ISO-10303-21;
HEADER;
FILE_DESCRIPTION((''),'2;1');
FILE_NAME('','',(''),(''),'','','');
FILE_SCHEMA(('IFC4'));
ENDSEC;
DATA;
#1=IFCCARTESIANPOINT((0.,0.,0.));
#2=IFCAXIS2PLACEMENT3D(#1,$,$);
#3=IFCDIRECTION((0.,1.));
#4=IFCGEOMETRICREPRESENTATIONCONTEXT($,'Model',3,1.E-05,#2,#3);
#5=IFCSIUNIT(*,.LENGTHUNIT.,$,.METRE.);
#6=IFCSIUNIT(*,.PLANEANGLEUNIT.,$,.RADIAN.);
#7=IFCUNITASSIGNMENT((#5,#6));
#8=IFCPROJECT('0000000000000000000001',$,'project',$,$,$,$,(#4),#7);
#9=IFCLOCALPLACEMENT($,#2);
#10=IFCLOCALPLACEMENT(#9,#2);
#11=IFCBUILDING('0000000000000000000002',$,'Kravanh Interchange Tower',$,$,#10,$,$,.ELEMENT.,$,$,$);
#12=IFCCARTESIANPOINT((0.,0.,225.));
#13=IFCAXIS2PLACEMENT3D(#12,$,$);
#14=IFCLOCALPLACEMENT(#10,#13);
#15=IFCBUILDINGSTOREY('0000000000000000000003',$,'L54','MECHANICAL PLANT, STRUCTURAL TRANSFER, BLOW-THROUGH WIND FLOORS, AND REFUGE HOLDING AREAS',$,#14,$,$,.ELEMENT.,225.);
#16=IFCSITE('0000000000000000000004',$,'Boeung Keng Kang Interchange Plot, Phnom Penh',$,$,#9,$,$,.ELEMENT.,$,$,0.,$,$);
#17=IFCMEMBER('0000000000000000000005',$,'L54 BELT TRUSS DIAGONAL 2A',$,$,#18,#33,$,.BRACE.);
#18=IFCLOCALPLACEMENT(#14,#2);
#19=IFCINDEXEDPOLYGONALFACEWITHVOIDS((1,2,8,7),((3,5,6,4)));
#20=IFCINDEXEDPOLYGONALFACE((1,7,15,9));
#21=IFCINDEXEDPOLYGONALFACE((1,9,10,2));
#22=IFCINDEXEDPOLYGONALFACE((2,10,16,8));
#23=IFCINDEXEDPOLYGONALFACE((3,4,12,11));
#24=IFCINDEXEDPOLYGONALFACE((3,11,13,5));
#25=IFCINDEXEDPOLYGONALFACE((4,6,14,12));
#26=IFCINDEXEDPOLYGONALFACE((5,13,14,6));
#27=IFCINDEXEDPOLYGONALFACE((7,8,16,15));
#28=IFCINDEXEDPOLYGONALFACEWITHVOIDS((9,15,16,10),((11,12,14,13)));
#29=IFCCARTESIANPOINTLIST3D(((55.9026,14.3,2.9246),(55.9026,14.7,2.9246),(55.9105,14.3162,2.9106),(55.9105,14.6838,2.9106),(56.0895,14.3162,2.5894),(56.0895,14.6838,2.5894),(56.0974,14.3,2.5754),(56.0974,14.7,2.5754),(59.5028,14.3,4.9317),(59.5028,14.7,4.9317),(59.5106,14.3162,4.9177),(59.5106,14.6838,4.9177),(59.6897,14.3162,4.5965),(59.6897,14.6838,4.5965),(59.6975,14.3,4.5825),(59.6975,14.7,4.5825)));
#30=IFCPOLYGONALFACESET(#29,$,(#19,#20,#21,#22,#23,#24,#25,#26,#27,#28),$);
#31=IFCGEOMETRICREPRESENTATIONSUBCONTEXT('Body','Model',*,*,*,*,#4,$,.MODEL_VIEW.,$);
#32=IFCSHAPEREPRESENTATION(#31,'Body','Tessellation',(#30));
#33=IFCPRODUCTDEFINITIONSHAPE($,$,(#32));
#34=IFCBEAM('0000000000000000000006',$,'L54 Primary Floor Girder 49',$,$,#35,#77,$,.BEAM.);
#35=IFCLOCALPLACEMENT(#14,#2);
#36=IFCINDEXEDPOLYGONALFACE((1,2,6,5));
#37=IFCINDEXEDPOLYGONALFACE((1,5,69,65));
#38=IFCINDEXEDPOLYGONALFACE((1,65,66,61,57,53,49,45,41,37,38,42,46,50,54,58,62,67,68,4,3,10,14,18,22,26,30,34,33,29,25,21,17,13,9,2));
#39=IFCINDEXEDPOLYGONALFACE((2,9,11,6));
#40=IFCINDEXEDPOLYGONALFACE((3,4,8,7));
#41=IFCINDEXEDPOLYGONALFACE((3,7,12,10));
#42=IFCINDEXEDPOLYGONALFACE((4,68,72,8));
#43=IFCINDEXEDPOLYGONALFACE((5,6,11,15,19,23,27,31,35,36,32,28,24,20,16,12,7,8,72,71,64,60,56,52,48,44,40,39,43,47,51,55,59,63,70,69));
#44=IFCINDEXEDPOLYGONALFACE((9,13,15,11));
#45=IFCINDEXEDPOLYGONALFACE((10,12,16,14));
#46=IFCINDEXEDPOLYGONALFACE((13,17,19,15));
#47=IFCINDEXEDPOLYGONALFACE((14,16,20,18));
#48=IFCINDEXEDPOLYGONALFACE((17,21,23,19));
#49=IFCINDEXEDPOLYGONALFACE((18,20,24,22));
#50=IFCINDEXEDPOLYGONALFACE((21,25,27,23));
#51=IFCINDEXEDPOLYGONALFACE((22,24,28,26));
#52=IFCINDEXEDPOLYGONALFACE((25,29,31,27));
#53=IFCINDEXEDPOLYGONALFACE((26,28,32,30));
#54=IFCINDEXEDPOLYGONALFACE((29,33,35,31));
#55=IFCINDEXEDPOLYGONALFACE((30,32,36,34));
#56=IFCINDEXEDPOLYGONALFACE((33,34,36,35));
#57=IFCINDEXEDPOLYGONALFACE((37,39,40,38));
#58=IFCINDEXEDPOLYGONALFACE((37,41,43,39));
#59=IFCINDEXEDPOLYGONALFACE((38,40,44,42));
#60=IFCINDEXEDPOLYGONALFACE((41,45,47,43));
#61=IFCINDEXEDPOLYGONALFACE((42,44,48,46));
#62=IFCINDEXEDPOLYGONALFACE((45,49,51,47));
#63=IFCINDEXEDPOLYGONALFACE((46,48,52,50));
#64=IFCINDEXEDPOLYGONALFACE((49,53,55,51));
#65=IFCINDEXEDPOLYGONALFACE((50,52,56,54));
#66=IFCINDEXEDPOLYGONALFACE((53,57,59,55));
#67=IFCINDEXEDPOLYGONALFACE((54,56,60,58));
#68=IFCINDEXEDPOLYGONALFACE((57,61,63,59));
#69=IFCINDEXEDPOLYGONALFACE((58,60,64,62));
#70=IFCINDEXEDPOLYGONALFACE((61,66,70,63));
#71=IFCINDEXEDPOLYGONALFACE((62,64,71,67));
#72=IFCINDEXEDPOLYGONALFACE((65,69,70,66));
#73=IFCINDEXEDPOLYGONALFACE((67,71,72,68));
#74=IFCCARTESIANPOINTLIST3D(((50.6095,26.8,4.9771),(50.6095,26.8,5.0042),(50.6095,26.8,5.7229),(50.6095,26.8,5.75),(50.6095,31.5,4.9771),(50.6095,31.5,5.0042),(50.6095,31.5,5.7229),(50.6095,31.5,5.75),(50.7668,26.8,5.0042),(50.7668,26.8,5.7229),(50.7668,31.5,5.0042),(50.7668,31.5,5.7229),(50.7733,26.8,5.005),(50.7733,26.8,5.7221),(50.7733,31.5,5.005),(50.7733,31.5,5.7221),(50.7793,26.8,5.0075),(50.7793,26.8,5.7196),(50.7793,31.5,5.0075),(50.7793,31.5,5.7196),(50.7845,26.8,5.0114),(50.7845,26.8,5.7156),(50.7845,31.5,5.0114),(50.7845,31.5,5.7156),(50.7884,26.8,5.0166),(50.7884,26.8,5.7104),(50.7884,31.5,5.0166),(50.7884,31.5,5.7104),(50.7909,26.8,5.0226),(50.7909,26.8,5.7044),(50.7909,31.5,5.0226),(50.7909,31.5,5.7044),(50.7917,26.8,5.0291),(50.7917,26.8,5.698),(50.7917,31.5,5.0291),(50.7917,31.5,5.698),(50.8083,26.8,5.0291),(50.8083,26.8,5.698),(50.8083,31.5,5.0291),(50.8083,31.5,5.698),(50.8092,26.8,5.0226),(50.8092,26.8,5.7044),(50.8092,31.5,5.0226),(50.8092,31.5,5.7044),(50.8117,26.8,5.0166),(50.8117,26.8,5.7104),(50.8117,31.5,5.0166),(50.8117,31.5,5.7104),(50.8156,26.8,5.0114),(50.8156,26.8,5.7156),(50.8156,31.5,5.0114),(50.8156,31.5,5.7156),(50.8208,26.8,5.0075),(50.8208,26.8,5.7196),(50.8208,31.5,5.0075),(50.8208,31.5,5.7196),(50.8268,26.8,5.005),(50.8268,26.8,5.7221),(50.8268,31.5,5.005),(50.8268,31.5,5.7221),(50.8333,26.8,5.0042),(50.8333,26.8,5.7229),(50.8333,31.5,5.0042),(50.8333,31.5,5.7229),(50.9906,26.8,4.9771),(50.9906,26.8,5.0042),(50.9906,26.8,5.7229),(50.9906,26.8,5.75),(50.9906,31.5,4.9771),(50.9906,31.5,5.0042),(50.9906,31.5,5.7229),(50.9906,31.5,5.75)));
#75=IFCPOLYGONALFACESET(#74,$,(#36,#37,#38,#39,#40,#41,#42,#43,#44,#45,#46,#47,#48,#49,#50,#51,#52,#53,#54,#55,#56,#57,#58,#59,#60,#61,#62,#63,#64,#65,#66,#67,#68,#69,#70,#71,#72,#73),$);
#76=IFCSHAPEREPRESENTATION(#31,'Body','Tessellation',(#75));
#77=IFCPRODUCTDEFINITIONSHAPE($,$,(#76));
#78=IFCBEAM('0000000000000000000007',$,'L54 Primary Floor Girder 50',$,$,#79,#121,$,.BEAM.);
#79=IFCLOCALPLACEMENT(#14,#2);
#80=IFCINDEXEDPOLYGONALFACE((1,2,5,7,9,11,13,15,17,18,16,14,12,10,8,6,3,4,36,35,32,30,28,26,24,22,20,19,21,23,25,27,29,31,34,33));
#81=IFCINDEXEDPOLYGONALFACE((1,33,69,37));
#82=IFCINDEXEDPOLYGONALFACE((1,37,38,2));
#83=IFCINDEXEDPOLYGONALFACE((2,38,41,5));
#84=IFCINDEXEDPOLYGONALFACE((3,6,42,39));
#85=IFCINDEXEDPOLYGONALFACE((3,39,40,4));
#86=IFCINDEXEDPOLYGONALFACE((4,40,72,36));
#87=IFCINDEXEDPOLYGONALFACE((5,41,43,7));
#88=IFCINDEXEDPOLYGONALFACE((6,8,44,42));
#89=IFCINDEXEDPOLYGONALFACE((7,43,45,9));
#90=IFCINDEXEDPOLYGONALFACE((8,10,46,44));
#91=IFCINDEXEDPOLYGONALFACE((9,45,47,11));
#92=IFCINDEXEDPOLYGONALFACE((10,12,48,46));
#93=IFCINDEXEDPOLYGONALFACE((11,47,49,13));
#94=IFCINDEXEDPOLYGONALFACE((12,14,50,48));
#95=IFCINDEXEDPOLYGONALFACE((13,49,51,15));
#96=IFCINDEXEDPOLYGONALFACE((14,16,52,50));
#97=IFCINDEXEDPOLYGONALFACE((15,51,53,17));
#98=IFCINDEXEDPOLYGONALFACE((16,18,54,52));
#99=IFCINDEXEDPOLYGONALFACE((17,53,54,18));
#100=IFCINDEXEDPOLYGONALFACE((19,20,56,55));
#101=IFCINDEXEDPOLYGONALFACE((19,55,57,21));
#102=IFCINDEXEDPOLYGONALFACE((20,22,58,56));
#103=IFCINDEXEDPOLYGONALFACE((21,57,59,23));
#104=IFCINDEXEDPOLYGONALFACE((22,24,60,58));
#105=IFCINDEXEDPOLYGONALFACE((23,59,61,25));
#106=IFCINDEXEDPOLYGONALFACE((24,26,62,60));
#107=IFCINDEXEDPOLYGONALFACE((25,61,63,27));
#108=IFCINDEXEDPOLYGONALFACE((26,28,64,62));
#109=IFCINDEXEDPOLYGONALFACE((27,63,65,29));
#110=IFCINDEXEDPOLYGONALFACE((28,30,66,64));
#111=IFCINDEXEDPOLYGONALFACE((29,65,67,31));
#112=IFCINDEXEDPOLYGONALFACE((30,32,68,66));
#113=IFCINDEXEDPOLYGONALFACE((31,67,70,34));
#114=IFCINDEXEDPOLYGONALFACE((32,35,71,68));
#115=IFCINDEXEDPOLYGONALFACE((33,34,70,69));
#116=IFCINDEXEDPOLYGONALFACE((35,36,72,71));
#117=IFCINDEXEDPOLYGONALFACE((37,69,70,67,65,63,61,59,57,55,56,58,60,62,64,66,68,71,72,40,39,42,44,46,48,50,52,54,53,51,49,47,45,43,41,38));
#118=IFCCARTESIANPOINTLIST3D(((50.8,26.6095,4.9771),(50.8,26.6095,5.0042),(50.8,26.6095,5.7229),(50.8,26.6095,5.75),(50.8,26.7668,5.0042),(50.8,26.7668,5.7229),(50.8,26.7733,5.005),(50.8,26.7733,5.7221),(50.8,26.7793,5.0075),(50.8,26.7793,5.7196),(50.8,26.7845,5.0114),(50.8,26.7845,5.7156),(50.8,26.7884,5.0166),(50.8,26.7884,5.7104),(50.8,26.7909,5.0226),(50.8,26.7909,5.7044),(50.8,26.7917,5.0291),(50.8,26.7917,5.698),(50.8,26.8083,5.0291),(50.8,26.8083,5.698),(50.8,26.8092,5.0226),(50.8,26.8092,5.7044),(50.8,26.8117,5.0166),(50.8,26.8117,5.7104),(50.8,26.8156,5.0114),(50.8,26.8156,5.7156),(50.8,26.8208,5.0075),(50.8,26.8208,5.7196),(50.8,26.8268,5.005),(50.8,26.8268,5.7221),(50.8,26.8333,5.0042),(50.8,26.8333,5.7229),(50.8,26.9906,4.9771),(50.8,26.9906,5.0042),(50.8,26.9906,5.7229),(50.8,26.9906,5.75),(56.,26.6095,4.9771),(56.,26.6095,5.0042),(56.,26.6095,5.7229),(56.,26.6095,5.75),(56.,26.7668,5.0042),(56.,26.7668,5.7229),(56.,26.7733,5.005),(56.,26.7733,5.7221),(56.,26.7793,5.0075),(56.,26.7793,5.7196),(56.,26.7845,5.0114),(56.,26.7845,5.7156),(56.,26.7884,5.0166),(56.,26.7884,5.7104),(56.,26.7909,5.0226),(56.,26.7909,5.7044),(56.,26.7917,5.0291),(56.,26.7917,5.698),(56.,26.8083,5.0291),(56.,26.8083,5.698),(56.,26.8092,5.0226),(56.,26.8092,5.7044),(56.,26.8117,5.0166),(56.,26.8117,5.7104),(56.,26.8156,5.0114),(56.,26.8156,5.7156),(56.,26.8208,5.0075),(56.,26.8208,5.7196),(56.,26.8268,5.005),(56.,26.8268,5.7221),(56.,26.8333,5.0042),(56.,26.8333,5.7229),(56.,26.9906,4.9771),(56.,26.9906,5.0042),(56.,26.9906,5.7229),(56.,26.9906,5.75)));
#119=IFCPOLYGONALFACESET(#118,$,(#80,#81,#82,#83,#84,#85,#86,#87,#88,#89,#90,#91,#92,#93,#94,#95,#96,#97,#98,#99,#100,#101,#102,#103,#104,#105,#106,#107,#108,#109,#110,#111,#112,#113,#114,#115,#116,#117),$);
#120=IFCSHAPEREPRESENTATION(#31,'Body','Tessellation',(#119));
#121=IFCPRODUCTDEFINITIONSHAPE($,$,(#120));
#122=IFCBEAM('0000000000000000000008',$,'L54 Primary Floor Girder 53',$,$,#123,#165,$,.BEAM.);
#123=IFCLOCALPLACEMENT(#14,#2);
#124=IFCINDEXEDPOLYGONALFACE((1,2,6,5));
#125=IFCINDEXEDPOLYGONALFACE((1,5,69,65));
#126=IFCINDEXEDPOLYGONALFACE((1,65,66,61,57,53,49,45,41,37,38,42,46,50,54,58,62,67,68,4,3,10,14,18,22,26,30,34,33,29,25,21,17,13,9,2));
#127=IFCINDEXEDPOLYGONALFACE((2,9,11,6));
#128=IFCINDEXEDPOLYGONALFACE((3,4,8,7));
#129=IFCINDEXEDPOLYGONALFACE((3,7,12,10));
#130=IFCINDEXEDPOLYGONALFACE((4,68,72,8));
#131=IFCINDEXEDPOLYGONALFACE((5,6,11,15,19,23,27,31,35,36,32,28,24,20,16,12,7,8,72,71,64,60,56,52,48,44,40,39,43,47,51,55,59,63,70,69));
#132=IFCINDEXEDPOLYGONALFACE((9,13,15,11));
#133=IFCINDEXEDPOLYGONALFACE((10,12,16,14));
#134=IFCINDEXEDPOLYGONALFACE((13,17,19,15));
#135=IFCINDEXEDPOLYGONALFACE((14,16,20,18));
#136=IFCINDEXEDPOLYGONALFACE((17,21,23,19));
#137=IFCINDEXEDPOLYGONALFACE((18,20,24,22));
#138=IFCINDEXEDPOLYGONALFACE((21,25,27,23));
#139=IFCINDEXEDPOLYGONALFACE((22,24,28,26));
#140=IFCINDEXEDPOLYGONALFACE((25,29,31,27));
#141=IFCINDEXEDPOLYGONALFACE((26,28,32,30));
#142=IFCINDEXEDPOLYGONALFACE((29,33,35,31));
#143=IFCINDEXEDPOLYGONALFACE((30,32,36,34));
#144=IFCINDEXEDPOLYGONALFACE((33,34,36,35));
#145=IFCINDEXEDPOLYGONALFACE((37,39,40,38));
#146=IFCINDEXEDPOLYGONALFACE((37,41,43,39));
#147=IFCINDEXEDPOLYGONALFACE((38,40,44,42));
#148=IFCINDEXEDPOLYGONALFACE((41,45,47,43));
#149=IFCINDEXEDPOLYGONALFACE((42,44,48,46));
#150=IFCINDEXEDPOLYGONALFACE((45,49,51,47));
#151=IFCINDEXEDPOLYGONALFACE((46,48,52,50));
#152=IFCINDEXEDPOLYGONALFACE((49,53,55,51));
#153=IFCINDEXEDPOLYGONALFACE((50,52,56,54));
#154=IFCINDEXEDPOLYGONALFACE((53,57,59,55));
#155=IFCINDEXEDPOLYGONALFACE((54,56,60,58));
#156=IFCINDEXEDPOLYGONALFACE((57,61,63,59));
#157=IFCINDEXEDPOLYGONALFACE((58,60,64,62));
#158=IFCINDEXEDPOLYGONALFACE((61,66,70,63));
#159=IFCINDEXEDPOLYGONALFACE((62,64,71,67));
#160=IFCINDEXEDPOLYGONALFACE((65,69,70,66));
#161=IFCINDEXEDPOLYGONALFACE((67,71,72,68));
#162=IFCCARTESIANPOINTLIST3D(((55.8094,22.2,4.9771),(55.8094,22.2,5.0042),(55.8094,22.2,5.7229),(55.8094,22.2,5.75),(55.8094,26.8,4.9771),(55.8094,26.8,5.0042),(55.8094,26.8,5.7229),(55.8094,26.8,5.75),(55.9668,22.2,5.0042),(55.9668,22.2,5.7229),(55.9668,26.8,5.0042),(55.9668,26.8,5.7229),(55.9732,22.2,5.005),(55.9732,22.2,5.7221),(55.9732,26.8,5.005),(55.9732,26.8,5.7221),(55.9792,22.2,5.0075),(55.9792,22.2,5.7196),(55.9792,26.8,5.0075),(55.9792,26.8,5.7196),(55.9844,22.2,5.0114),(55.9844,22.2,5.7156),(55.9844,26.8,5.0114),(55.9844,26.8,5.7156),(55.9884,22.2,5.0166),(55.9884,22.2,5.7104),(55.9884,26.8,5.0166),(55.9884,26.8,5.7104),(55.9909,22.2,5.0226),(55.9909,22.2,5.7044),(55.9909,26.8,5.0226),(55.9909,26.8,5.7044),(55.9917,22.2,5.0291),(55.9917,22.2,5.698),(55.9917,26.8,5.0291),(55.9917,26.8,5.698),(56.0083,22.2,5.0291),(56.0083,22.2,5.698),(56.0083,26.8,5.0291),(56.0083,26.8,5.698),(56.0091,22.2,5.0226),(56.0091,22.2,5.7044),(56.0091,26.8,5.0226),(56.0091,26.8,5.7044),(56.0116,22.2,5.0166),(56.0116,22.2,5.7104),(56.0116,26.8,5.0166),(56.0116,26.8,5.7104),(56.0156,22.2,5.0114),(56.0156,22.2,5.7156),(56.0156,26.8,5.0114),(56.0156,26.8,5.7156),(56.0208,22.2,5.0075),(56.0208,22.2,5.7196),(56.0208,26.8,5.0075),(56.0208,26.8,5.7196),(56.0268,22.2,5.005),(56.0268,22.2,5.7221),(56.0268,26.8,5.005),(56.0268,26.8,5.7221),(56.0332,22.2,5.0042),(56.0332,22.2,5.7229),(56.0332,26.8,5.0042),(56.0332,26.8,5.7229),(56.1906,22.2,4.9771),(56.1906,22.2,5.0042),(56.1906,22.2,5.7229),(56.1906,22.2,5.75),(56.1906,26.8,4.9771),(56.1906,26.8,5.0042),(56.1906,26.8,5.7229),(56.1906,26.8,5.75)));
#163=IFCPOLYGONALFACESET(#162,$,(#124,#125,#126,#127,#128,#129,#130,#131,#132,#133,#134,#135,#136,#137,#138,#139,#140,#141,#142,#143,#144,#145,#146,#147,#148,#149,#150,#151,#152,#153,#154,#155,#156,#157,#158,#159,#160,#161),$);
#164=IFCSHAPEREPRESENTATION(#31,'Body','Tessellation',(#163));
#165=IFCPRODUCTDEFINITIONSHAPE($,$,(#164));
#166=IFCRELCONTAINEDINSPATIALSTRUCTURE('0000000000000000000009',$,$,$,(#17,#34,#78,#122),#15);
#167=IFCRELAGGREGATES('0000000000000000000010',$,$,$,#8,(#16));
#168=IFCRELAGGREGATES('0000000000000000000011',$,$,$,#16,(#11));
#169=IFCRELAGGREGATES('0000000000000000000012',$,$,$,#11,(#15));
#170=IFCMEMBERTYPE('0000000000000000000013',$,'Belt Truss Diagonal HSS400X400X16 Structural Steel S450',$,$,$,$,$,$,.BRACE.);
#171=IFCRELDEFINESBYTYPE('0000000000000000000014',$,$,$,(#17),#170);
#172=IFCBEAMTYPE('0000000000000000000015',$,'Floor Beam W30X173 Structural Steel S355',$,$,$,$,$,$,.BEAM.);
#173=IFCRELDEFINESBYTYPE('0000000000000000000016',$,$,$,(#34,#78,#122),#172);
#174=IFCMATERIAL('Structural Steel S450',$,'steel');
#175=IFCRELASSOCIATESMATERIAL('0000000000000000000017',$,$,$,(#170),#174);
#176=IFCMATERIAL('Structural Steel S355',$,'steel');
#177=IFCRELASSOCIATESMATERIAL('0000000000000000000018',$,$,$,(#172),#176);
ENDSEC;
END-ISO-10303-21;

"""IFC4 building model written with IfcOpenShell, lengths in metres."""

from ifc_helpers import new_model, si_unit, direction, frame, origin, origin_2d, place, context, subcontext, project, spatial, hollow_rectangle, i_section, extrude, material, material_profile, profile_set, type_object, element, save


model = new_model("IFC4")

# Units and contexts
model_context = context("Model", 3, precision=1e-05, world=origin(), true_north=direction((0.0, 1.0)))
body_context = subcontext(model_context, "Body", "Model", "MODEL_VIEW")
ifc_project = project(units=[si_unit("LENGTHUNIT", "METRE"), si_unit("PLANEANGLEUNIT", "RADIAN")], contexts=[model_context])

# Site, building, storey
site_placement = place(None, origin())
site = spatial("IfcSite", under=ifc_project, at=site_placement, Name="Boeung Keng Kang Interchange Plot, Phnom Penh", CompositionType="ELEMENT", RefElevation=0.0)
building_placement = place(site_placement, origin())
building = spatial("IfcBuilding", under=site, at=building_placement, Name="Kravanh Interchange Tower", CompositionType="ELEMENT")
storey_placement = place(building_placement, frame((0.0, 0.0, 225.0)))
storey = spatial("IfcBuildingStorey", under=building, at=storey_placement, Name="L54", Description="MECHANICAL PLANT, STRUCTURAL TRANSFER, BLOW-THROUGH WIND FLOORS, AND REFUGE HOLDING AREAS", CompositionType="ELEMENT", Elevation=225.0)

# Member
ifc_material_1 = material(Name="Structural Steel S450", Category="steel")
ifc_material_profile_1 = material_profile(ifc_material_1, hollow_rectangle(XDim=0.3999, YDim=0.3999, WallThickness=0.0161, at=origin_2d()), Name="HSS400X400X16")
ifc_profile_set_1 = profile_set([ifc_material_profile_1], Name="Structural Steel S450")
member_type_1 = type_object("IfcMemberType", Name="Belt Truss Diagonal HSS400X400X16 Structural Steel S450", PredefinedType="BRACE", material=ifc_profile_set_1)
member_1_placement = place(storey_placement, frame((56.0, 14.5, 2.75), z_axis=(0.873433, 0.0, 0.486945), x_axis=(0.0, 1.0, 0.0)))
element("IfcMember", 1, at=member_1_placement, inside=storey, type_object=member_type_1, Name="L54 BELT TRUSS DIAGONAL 2A", PredefinedType="BRACE", context=body_context, shape_type="SweptSolid", body=[
    extrude(hollow_rectangle(XDim=0.3999, YDim=0.3999, WallThickness=0.0161, at=origin_2d()), origin(), (0.0, 0.0, 1.0), 4.1218),
])

# Beams
ifc_material_2 = material(Name="Structural Steel S355", Category="steel")
ifc_material_profile_2 = material_profile(ifc_material_2, i_section(OverallWidth=0.3811, OverallDepth=0.7729, WebThickness=0.0166, FlangeThickness=0.0271, FilletRadius=0.0249, at=origin_2d()), Name="W30X173")
ifc_profile_set_2 = profile_set([ifc_material_profile_2], Name="Structural Steel S355")
beam_type_1 = type_object("IfcBeamType", Name="Floor Beam W30X173 Structural Steel S355", PredefinedType="BEAM", material=ifc_profile_set_2)
beam_1_placement = place(storey_placement, frame((50.8, 26.8, 5.3635), z_axis=(0.0, 1.0, 0.0), x_axis=(-1.0, 0.0, 0.0)))
element("IfcBeam", 2, at=beam_1_placement, inside=storey, type_object=beam_type_1, Name="L54 Primary Floor Girder 49", PredefinedType="BEAM", context=body_context, shape_type="SweptSolid", body=[
    extrude(i_section(OverallWidth=0.3811, OverallDepth=0.7729, WebThickness=0.0166, FlangeThickness=0.0271, FilletRadius=0.0249, at=origin_2d()), origin(), (0.0, 0.0, 1.0), 4.7),
])
beam_2_placement = place(storey_placement, frame((50.8, 26.8, 5.3635), z_axis=(1.0, 0.0, 0.0), x_axis=(0.0, 1.0, 0.0)))
element("IfcBeam", 3, at=beam_2_placement, inside=storey, type_object=beam_type_1, Name="L54 Primary Floor Girder 50", PredefinedType="BEAM", context=body_context, shape_type="SweptSolid", body=[
    extrude(i_section(OverallWidth=0.3811, OverallDepth=0.7729, WebThickness=0.0166, FlangeThickness=0.0271, FilletRadius=0.0249, at=origin_2d()), origin(), (0.0, 0.0, 1.0), 5.2),
])
beam_3_placement = place(storey_placement, frame((56.0, 26.8, 5.3635), z_axis=(0.0, -1.0, 0.0), x_axis=(1.0, 0.0, 0.0)))
element("IfcBeam", 4, at=beam_3_placement, inside=storey, type_object=beam_type_1, Name="L54 Primary Floor Girder 53", PredefinedType="BEAM", context=body_context, shape_type="SweptSolid", body=[
    extrude(i_section(OverallWidth=0.3811, OverallDepth=0.7729, WebThickness=0.0166, FlangeThickness=0.0271, FilletRadius=0.0249, at=origin_2d()), origin(), (0.0, 0.0, 1.0), 4.6001),
])

save(model, "model.ifc")
